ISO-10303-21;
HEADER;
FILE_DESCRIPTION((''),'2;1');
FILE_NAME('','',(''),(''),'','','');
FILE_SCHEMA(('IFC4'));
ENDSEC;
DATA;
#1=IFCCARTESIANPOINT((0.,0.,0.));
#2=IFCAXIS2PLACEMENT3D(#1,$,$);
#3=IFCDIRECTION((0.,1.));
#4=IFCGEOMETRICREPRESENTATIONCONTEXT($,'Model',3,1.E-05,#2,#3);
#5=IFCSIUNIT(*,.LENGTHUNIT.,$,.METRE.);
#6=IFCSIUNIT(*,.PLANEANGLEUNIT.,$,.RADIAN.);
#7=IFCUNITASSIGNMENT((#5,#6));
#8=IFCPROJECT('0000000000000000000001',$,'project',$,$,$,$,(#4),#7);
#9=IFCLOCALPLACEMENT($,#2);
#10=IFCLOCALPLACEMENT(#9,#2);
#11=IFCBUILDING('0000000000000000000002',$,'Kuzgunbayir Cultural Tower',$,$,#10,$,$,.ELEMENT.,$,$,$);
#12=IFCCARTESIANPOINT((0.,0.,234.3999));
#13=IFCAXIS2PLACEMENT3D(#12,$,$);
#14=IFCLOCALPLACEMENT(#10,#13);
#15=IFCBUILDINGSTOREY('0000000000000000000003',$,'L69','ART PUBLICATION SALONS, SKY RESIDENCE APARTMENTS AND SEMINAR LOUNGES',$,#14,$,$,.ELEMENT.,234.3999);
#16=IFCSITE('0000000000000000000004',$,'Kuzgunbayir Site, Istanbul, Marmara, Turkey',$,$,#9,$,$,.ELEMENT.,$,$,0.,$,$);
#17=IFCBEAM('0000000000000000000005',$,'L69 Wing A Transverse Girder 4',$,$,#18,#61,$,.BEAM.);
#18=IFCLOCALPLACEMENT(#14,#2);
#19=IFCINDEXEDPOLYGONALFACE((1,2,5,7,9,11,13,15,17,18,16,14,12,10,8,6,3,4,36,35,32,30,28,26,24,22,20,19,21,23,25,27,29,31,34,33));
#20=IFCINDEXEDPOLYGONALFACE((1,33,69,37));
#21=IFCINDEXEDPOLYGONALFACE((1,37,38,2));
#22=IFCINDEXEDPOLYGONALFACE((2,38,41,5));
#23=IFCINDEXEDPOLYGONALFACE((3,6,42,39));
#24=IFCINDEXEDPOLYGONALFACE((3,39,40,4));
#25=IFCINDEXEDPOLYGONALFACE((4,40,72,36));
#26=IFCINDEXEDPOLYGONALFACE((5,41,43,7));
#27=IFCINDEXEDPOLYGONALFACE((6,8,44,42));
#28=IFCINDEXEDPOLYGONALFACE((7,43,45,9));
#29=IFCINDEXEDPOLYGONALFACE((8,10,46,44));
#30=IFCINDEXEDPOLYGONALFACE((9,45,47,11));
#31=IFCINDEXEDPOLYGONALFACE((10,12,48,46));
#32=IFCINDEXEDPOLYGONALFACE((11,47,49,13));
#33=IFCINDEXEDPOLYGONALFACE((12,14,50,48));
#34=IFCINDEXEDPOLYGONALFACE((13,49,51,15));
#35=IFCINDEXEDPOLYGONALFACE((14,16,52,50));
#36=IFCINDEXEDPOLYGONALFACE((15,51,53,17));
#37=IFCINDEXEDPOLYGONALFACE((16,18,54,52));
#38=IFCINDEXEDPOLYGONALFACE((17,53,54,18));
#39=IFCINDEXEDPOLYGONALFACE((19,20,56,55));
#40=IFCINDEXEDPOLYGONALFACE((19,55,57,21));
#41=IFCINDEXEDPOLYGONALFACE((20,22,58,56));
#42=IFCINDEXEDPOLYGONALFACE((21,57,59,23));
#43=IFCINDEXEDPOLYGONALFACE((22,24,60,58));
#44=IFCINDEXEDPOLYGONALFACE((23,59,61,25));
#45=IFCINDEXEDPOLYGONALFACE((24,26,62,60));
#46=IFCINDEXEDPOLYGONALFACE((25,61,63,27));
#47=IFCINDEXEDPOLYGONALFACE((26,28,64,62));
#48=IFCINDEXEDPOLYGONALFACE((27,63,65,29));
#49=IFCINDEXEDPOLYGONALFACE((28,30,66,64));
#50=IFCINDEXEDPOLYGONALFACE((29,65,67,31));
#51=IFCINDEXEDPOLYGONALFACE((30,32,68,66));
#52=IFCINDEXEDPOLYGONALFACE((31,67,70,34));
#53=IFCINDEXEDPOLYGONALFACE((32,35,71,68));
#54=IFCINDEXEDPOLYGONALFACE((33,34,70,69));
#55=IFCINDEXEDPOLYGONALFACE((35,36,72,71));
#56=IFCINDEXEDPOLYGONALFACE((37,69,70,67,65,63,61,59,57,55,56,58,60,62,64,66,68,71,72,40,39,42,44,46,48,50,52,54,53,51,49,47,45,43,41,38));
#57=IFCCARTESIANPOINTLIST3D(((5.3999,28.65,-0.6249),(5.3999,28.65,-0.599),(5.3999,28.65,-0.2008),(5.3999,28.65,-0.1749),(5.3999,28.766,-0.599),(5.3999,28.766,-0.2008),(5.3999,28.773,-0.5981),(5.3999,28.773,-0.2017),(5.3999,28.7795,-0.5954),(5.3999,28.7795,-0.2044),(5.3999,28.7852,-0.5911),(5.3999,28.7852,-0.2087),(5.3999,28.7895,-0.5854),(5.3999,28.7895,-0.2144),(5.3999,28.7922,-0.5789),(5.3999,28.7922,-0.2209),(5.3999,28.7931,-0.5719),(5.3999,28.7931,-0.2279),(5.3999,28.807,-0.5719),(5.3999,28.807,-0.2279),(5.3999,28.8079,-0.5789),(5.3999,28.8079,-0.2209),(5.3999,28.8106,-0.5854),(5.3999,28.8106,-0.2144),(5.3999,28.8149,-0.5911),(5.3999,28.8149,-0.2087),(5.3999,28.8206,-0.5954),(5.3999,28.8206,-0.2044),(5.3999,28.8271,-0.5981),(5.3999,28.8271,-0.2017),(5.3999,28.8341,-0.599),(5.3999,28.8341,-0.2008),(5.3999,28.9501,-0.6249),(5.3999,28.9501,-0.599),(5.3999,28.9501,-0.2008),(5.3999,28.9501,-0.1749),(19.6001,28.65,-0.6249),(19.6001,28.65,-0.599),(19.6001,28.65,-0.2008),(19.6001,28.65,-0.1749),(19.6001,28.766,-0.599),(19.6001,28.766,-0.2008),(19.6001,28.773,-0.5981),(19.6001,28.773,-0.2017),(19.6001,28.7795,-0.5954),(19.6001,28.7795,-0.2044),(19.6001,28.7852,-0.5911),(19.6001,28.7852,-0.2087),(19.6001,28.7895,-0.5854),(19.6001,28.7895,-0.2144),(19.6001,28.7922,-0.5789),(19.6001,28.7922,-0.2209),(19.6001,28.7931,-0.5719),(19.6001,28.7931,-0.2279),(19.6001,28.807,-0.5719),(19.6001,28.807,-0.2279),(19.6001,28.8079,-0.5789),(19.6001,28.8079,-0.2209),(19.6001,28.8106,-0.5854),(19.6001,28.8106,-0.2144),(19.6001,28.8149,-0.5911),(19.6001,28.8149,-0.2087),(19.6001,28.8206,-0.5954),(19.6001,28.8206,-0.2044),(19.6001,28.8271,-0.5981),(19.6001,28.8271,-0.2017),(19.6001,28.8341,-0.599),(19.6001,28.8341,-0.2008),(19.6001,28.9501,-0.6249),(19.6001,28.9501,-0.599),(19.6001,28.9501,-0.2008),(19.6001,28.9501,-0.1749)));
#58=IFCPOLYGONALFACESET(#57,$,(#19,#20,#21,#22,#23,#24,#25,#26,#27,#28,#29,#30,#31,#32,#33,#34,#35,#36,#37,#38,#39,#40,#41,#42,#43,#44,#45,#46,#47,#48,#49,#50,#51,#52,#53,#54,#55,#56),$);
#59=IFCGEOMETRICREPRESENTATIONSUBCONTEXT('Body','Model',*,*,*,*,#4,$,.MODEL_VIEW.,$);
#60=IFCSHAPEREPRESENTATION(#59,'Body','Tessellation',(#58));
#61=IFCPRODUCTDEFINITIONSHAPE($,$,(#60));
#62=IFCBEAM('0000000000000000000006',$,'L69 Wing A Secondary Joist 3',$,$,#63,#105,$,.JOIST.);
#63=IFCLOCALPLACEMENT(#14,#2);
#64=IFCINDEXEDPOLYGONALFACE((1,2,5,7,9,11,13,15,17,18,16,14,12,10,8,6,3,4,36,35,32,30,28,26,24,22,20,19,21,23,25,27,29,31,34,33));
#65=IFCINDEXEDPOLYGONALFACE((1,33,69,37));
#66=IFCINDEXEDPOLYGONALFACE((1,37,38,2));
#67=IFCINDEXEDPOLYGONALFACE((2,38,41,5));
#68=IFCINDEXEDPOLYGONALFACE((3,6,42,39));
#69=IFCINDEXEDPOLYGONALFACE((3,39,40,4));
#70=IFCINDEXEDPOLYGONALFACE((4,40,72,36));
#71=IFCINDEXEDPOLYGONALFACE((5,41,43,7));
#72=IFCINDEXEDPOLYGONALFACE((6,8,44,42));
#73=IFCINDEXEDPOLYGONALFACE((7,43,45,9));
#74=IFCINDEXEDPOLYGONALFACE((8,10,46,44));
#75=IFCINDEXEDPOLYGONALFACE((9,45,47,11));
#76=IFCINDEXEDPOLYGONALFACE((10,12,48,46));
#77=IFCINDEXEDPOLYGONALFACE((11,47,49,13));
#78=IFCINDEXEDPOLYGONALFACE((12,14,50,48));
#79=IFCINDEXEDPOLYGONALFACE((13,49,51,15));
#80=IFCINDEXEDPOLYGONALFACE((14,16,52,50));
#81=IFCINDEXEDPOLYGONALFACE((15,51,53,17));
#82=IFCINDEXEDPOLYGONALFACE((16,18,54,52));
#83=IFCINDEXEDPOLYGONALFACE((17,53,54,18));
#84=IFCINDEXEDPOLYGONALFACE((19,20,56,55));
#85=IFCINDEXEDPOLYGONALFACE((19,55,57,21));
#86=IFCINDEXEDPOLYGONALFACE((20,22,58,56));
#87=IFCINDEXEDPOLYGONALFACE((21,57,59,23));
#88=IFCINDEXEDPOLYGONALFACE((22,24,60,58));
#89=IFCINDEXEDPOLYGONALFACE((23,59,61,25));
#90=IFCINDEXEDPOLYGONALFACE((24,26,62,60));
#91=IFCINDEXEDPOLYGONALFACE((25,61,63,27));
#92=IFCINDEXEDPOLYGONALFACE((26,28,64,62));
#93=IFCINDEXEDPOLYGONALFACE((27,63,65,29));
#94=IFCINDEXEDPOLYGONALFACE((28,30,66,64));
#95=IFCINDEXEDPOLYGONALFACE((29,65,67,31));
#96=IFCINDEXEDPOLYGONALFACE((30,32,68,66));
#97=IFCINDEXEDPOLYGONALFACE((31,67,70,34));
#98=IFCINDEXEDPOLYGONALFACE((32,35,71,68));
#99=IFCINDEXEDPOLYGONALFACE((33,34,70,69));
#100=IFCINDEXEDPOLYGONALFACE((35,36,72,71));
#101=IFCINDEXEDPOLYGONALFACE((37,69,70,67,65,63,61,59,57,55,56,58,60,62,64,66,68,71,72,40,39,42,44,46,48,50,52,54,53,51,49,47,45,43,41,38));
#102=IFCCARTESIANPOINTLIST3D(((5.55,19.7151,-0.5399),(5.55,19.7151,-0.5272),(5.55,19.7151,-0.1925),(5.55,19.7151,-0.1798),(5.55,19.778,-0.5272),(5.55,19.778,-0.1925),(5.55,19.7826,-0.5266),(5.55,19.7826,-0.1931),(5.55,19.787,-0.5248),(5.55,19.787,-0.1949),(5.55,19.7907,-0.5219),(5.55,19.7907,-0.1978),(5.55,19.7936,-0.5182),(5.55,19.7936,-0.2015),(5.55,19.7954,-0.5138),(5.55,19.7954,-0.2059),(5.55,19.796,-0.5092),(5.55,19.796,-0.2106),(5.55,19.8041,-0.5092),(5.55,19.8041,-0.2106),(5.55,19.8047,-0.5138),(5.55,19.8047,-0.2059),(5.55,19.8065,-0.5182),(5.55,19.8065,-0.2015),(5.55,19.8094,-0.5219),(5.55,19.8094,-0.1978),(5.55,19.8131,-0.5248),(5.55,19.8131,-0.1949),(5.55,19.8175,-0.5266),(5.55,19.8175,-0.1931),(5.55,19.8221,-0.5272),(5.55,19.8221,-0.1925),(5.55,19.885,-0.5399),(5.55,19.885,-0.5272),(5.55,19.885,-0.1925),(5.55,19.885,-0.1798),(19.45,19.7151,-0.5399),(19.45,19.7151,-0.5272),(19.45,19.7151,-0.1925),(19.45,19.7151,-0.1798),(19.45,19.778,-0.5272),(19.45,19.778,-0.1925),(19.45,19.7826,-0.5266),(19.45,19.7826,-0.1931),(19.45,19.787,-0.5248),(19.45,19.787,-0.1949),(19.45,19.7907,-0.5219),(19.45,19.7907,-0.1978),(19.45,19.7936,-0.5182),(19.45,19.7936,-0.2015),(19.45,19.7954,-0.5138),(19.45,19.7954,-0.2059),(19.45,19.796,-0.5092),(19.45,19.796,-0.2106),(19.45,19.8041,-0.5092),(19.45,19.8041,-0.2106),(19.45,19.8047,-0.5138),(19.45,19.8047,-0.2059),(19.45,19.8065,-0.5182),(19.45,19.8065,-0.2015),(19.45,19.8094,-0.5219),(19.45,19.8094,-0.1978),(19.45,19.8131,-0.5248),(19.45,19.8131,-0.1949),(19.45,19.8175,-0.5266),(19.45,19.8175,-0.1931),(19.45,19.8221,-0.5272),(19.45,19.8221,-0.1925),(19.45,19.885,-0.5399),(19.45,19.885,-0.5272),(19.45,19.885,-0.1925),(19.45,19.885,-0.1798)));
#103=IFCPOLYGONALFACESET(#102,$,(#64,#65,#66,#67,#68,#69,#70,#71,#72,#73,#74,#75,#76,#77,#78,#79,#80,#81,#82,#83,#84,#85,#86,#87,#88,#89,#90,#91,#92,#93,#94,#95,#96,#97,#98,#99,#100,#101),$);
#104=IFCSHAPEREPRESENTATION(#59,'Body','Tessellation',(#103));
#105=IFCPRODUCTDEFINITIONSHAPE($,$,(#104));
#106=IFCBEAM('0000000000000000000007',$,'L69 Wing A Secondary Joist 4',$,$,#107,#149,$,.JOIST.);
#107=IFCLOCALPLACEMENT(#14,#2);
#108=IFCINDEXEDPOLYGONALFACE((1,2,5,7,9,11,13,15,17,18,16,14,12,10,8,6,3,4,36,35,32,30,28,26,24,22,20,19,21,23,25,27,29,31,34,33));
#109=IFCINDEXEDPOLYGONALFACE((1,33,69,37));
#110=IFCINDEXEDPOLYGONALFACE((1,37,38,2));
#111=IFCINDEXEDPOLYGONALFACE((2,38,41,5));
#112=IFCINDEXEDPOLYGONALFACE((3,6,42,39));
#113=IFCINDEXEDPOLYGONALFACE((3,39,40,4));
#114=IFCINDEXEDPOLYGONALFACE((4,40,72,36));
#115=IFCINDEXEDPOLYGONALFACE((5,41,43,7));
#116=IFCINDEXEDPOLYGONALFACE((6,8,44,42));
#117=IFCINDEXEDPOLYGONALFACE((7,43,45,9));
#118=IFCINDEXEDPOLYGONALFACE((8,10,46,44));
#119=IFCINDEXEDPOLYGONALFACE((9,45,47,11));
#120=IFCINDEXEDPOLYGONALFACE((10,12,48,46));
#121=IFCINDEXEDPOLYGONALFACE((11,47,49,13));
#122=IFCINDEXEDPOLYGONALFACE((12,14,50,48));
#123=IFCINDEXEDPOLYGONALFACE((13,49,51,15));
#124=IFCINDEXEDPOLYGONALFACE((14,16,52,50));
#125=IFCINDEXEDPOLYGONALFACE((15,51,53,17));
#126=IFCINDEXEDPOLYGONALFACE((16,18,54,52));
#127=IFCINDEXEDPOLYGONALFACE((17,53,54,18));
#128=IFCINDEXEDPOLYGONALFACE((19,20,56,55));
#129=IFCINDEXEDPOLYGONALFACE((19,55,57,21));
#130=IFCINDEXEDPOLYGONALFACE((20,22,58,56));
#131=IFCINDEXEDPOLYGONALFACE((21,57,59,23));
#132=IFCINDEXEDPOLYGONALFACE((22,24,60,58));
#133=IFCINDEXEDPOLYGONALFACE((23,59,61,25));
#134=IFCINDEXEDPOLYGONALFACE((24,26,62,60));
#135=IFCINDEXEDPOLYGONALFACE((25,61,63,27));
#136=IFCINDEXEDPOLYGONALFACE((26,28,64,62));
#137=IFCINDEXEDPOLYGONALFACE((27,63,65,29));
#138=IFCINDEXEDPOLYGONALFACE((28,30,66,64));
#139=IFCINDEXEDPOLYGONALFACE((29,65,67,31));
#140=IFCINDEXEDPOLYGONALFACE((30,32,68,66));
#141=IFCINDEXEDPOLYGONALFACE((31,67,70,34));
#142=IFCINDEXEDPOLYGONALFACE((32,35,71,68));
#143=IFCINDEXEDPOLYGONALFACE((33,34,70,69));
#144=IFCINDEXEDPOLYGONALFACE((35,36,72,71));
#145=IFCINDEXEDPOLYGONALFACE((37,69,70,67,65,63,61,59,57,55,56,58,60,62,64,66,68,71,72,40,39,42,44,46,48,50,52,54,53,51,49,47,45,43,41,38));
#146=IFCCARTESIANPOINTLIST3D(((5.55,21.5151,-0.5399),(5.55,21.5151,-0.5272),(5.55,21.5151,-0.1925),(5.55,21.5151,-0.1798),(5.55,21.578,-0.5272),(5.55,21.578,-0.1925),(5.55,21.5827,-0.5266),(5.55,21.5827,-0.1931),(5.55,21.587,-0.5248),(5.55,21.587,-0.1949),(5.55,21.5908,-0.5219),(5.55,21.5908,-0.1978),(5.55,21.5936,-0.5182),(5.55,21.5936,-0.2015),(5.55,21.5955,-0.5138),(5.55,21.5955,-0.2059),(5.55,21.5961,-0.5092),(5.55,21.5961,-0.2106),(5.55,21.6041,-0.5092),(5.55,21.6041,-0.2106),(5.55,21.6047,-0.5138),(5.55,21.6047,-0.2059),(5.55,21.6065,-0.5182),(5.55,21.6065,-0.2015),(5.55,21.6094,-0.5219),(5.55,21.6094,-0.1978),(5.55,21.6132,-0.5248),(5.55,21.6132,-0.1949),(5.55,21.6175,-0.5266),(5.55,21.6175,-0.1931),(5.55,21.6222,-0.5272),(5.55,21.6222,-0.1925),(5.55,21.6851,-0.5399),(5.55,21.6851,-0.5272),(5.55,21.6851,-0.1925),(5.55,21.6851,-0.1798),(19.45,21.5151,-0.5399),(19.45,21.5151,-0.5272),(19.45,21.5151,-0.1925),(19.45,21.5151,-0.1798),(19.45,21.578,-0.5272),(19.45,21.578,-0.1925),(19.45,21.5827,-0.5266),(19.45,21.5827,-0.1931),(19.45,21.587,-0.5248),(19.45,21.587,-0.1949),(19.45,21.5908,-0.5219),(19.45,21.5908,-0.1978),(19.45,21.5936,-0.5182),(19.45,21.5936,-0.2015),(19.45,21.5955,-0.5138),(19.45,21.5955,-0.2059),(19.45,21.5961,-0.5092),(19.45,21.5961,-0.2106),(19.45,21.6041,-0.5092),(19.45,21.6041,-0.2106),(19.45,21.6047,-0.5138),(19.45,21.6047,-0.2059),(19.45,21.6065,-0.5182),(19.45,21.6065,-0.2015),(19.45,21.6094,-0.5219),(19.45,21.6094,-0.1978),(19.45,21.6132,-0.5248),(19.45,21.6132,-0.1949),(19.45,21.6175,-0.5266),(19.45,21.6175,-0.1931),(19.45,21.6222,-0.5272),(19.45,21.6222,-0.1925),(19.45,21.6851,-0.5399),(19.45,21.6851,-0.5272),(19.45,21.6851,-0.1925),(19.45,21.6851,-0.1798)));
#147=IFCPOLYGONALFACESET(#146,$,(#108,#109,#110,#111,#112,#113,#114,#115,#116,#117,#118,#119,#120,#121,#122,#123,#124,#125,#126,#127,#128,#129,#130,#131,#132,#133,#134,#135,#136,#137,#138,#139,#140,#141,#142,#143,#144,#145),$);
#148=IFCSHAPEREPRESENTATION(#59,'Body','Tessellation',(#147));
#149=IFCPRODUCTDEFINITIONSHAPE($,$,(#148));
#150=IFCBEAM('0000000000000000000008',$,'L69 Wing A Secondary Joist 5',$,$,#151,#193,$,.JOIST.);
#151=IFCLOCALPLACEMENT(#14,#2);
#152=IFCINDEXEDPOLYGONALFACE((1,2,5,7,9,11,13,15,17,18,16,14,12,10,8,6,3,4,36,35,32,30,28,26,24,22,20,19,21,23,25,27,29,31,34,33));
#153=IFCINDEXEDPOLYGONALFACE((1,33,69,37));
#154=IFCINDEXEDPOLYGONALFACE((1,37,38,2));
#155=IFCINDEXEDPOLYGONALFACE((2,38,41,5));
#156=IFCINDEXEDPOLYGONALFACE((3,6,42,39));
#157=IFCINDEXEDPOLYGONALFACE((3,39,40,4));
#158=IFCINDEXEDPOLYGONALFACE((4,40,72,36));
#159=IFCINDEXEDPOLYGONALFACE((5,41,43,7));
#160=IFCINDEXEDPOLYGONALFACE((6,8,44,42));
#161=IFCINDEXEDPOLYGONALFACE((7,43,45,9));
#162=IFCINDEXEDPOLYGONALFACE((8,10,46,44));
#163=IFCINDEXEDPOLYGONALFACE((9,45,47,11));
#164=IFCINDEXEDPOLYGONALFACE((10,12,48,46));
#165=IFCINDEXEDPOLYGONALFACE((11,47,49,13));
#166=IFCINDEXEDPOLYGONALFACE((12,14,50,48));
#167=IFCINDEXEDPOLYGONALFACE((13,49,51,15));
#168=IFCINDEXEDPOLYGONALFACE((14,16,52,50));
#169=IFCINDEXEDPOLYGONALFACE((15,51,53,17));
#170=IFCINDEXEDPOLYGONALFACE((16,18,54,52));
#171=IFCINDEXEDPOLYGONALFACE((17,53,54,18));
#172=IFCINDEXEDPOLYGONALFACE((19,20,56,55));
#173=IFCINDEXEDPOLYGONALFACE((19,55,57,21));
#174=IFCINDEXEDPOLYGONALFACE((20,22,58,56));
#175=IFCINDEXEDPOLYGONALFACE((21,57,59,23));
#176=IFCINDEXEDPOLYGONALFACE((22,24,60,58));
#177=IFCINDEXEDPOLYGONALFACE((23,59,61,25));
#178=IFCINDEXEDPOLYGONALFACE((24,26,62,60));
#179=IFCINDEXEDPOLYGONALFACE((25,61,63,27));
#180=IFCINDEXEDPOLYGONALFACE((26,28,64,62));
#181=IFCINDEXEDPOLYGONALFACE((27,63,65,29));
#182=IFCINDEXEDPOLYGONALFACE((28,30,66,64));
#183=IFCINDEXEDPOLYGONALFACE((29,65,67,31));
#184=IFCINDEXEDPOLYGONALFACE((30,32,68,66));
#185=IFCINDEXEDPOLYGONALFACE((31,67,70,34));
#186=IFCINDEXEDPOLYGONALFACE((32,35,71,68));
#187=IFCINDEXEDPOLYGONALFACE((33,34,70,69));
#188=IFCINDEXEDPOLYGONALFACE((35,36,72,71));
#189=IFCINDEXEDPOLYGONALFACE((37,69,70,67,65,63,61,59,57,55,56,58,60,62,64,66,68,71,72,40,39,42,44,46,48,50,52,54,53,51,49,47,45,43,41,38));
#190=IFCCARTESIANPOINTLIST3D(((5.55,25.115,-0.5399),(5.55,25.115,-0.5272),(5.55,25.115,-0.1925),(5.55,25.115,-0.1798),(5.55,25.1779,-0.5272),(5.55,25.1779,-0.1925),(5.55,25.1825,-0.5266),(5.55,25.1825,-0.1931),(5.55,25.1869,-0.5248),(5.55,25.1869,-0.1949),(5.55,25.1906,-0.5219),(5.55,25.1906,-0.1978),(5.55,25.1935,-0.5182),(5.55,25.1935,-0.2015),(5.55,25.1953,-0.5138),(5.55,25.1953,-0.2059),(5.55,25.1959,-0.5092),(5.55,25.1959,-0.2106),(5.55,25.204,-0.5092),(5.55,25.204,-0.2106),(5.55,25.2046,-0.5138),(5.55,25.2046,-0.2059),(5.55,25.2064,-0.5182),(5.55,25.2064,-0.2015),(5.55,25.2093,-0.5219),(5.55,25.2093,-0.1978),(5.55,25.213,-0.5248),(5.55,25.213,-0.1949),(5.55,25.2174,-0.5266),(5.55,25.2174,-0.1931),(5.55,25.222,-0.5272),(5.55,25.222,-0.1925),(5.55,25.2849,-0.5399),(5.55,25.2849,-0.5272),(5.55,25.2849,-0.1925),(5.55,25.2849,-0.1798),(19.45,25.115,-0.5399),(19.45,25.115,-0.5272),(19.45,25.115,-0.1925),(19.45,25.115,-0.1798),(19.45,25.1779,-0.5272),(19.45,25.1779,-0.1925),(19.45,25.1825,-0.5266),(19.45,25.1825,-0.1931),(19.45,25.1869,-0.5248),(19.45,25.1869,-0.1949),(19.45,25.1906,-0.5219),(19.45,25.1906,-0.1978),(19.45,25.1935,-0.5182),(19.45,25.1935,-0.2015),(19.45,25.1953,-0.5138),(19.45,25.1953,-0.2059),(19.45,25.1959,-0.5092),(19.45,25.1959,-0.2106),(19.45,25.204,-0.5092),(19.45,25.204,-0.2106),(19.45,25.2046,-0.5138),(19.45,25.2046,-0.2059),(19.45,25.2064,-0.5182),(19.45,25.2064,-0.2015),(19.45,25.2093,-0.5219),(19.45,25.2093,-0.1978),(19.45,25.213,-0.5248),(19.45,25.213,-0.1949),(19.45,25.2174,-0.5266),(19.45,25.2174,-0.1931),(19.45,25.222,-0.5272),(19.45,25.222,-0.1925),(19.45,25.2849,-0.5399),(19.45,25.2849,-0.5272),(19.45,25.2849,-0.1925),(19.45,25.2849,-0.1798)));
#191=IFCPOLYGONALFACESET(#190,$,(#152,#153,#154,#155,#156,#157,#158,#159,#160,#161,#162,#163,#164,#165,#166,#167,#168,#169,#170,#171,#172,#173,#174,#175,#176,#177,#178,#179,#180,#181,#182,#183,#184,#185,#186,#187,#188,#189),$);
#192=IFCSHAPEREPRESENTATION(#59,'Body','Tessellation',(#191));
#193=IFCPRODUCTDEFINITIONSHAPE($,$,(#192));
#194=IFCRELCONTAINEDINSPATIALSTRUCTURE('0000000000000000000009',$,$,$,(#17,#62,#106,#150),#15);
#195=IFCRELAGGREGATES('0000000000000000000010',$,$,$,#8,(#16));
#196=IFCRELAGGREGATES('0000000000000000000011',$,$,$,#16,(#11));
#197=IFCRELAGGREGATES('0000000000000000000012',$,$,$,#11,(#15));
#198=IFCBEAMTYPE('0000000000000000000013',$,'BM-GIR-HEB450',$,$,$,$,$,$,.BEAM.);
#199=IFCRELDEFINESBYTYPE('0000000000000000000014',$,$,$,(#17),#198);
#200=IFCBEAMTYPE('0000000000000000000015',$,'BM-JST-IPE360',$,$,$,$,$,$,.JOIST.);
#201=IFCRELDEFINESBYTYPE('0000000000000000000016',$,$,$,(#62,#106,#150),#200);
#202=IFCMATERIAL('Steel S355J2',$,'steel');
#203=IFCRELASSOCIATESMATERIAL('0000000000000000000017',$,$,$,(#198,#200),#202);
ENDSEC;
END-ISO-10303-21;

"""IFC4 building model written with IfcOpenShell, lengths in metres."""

from ifc_helpers import new_model, si_unit, direction, frame, origin, origin_2d, place, context, subcontext, project, spatial, i_section, extrude, material, material_profile, profile_set, type_object, element, save


model = new_model("IFC4")

# Units and contexts
model_context = context("Model", 3, precision=1e-05, world=origin(), true_north=direction((0.0, 1.0)))
body_context = subcontext(model_context, "Body", "Model", "MODEL_VIEW")
ifc_project = project(units=[si_unit("LENGTHUNIT", "METRE"), si_unit("PLANEANGLEUNIT", "RADIAN")], contexts=[model_context])

# Site, building, storey
site_placement = place(None, origin())
site = spatial("IfcSite", under=ifc_project, at=site_placement, Name="Kuzgunbayir Site, Istanbul, Marmara, Turkey", CompositionType="ELEMENT", RefElevation=0.0)
building_placement = place(site_placement, origin())
building = spatial("IfcBuilding", under=site, at=building_placement, Name="Kuzgunbayir Cultural Tower", CompositionType="ELEMENT")
storey_placement = place(building_placement, frame((0.0, 0.0, 234.3999)))
storey = spatial("IfcBuildingStorey", under=building, at=storey_placement, Name="L69", Description="ART PUBLICATION SALONS, SKY RESIDENCE APARTMENTS AND SEMINAR LOUNGES", CompositionType="ELEMENT", Elevation=234.3999)

# Beams
ifc_material_1 = material(Name="Steel S355J2", Category="steel")
ifc_material_profile_1 = material_profile(ifc_material_1, i_section(OverallWidth=0.3, OverallDepth=0.45, WebThickness=0.0139, FlangeThickness=0.0259, FilletRadius=0.0271, at=origin_2d()), Name="HEB 450")
ifc_profile_set_1 = profile_set([ifc_material_profile_1], Name="Steel S355J2")
beam_type_1 = type_object("IfcBeamType", Name="BM-GIR-HEB450", PredefinedType="BEAM", material=ifc_profile_set_1)
for number, where, z_axis, x_axis, name in (
    (1, (5.3999, 28.8, -0.3999), (1.0, 0.0, 0.0), (0.0, 1.0, 0.0), "L69 Wing A Transverse Girder 4"),
):
    element("IfcBeam", number, at=place(storey_placement, frame(where, z_axis=z_axis, x_axis=x_axis)), inside=storey, type_object=beam_type_1, Name=name, PredefinedType="BEAM", context=body_context, shape_type="SweptSolid", body=[
        extrude(i_section(OverallWidth=0.3, OverallDepth=0.45, WebThickness=0.0139, FlangeThickness=0.0259, FilletRadius=0.0271, at=origin_2d()), origin(), (0.0, 0.0, 1.0), 14.2002),
    ])
ifc_material_profile_2 = material_profile(ifc_material_1, i_section(OverallWidth=0.1699, OverallDepth=0.3601, WebThickness=0.0081, FlangeThickness=0.0127, FilletRadius=0.0181, at=origin_2d()), Name="IPE 360")
ifc_profile_set_2 = profile_set([ifc_material_profile_2], Name="Steel S355J2")
beam_type_2 = type_object("IfcBeamType", Name="BM-JST-IPE360", PredefinedType="JOIST", material=ifc_profile_set_2)
for number, where, z_axis, x_axis, name in (
    (2, (5.55, 19.8, -0.3599), (1.0, 0.0, 0.0), (0.0, 1.0, 0.0), "L69 Wing A Secondary Joist 3"),
    (3, (5.55, 21.6001, -0.3599), (1.0, 0.0, 0.0), (0.0, 1.0, 0.0), "L69 Wing A Secondary Joist 4"),
    (4, (5.55, 25.2, -0.3599), (1.0, 0.0, 0.0), (0.0, 1.0, 0.0), "L69 Wing A Secondary Joist 5"),
):
    element("IfcBeam", number, at=place(storey_placement, frame(where, z_axis=z_axis, x_axis=x_axis)), inside=storey, type_object=beam_type_2, Name=name, PredefinedType="JOIST", context=body_context, shape_type="SweptSolid", body=[
        extrude(i_section(OverallWidth=0.1699, OverallDepth=0.3601, WebThickness=0.0081, FlangeThickness=0.0127, FilletRadius=0.0181, at=origin_2d()), origin(), (0.0, 0.0, 1.0), 13.8999),
    ])

save(model, "model.ifc")
